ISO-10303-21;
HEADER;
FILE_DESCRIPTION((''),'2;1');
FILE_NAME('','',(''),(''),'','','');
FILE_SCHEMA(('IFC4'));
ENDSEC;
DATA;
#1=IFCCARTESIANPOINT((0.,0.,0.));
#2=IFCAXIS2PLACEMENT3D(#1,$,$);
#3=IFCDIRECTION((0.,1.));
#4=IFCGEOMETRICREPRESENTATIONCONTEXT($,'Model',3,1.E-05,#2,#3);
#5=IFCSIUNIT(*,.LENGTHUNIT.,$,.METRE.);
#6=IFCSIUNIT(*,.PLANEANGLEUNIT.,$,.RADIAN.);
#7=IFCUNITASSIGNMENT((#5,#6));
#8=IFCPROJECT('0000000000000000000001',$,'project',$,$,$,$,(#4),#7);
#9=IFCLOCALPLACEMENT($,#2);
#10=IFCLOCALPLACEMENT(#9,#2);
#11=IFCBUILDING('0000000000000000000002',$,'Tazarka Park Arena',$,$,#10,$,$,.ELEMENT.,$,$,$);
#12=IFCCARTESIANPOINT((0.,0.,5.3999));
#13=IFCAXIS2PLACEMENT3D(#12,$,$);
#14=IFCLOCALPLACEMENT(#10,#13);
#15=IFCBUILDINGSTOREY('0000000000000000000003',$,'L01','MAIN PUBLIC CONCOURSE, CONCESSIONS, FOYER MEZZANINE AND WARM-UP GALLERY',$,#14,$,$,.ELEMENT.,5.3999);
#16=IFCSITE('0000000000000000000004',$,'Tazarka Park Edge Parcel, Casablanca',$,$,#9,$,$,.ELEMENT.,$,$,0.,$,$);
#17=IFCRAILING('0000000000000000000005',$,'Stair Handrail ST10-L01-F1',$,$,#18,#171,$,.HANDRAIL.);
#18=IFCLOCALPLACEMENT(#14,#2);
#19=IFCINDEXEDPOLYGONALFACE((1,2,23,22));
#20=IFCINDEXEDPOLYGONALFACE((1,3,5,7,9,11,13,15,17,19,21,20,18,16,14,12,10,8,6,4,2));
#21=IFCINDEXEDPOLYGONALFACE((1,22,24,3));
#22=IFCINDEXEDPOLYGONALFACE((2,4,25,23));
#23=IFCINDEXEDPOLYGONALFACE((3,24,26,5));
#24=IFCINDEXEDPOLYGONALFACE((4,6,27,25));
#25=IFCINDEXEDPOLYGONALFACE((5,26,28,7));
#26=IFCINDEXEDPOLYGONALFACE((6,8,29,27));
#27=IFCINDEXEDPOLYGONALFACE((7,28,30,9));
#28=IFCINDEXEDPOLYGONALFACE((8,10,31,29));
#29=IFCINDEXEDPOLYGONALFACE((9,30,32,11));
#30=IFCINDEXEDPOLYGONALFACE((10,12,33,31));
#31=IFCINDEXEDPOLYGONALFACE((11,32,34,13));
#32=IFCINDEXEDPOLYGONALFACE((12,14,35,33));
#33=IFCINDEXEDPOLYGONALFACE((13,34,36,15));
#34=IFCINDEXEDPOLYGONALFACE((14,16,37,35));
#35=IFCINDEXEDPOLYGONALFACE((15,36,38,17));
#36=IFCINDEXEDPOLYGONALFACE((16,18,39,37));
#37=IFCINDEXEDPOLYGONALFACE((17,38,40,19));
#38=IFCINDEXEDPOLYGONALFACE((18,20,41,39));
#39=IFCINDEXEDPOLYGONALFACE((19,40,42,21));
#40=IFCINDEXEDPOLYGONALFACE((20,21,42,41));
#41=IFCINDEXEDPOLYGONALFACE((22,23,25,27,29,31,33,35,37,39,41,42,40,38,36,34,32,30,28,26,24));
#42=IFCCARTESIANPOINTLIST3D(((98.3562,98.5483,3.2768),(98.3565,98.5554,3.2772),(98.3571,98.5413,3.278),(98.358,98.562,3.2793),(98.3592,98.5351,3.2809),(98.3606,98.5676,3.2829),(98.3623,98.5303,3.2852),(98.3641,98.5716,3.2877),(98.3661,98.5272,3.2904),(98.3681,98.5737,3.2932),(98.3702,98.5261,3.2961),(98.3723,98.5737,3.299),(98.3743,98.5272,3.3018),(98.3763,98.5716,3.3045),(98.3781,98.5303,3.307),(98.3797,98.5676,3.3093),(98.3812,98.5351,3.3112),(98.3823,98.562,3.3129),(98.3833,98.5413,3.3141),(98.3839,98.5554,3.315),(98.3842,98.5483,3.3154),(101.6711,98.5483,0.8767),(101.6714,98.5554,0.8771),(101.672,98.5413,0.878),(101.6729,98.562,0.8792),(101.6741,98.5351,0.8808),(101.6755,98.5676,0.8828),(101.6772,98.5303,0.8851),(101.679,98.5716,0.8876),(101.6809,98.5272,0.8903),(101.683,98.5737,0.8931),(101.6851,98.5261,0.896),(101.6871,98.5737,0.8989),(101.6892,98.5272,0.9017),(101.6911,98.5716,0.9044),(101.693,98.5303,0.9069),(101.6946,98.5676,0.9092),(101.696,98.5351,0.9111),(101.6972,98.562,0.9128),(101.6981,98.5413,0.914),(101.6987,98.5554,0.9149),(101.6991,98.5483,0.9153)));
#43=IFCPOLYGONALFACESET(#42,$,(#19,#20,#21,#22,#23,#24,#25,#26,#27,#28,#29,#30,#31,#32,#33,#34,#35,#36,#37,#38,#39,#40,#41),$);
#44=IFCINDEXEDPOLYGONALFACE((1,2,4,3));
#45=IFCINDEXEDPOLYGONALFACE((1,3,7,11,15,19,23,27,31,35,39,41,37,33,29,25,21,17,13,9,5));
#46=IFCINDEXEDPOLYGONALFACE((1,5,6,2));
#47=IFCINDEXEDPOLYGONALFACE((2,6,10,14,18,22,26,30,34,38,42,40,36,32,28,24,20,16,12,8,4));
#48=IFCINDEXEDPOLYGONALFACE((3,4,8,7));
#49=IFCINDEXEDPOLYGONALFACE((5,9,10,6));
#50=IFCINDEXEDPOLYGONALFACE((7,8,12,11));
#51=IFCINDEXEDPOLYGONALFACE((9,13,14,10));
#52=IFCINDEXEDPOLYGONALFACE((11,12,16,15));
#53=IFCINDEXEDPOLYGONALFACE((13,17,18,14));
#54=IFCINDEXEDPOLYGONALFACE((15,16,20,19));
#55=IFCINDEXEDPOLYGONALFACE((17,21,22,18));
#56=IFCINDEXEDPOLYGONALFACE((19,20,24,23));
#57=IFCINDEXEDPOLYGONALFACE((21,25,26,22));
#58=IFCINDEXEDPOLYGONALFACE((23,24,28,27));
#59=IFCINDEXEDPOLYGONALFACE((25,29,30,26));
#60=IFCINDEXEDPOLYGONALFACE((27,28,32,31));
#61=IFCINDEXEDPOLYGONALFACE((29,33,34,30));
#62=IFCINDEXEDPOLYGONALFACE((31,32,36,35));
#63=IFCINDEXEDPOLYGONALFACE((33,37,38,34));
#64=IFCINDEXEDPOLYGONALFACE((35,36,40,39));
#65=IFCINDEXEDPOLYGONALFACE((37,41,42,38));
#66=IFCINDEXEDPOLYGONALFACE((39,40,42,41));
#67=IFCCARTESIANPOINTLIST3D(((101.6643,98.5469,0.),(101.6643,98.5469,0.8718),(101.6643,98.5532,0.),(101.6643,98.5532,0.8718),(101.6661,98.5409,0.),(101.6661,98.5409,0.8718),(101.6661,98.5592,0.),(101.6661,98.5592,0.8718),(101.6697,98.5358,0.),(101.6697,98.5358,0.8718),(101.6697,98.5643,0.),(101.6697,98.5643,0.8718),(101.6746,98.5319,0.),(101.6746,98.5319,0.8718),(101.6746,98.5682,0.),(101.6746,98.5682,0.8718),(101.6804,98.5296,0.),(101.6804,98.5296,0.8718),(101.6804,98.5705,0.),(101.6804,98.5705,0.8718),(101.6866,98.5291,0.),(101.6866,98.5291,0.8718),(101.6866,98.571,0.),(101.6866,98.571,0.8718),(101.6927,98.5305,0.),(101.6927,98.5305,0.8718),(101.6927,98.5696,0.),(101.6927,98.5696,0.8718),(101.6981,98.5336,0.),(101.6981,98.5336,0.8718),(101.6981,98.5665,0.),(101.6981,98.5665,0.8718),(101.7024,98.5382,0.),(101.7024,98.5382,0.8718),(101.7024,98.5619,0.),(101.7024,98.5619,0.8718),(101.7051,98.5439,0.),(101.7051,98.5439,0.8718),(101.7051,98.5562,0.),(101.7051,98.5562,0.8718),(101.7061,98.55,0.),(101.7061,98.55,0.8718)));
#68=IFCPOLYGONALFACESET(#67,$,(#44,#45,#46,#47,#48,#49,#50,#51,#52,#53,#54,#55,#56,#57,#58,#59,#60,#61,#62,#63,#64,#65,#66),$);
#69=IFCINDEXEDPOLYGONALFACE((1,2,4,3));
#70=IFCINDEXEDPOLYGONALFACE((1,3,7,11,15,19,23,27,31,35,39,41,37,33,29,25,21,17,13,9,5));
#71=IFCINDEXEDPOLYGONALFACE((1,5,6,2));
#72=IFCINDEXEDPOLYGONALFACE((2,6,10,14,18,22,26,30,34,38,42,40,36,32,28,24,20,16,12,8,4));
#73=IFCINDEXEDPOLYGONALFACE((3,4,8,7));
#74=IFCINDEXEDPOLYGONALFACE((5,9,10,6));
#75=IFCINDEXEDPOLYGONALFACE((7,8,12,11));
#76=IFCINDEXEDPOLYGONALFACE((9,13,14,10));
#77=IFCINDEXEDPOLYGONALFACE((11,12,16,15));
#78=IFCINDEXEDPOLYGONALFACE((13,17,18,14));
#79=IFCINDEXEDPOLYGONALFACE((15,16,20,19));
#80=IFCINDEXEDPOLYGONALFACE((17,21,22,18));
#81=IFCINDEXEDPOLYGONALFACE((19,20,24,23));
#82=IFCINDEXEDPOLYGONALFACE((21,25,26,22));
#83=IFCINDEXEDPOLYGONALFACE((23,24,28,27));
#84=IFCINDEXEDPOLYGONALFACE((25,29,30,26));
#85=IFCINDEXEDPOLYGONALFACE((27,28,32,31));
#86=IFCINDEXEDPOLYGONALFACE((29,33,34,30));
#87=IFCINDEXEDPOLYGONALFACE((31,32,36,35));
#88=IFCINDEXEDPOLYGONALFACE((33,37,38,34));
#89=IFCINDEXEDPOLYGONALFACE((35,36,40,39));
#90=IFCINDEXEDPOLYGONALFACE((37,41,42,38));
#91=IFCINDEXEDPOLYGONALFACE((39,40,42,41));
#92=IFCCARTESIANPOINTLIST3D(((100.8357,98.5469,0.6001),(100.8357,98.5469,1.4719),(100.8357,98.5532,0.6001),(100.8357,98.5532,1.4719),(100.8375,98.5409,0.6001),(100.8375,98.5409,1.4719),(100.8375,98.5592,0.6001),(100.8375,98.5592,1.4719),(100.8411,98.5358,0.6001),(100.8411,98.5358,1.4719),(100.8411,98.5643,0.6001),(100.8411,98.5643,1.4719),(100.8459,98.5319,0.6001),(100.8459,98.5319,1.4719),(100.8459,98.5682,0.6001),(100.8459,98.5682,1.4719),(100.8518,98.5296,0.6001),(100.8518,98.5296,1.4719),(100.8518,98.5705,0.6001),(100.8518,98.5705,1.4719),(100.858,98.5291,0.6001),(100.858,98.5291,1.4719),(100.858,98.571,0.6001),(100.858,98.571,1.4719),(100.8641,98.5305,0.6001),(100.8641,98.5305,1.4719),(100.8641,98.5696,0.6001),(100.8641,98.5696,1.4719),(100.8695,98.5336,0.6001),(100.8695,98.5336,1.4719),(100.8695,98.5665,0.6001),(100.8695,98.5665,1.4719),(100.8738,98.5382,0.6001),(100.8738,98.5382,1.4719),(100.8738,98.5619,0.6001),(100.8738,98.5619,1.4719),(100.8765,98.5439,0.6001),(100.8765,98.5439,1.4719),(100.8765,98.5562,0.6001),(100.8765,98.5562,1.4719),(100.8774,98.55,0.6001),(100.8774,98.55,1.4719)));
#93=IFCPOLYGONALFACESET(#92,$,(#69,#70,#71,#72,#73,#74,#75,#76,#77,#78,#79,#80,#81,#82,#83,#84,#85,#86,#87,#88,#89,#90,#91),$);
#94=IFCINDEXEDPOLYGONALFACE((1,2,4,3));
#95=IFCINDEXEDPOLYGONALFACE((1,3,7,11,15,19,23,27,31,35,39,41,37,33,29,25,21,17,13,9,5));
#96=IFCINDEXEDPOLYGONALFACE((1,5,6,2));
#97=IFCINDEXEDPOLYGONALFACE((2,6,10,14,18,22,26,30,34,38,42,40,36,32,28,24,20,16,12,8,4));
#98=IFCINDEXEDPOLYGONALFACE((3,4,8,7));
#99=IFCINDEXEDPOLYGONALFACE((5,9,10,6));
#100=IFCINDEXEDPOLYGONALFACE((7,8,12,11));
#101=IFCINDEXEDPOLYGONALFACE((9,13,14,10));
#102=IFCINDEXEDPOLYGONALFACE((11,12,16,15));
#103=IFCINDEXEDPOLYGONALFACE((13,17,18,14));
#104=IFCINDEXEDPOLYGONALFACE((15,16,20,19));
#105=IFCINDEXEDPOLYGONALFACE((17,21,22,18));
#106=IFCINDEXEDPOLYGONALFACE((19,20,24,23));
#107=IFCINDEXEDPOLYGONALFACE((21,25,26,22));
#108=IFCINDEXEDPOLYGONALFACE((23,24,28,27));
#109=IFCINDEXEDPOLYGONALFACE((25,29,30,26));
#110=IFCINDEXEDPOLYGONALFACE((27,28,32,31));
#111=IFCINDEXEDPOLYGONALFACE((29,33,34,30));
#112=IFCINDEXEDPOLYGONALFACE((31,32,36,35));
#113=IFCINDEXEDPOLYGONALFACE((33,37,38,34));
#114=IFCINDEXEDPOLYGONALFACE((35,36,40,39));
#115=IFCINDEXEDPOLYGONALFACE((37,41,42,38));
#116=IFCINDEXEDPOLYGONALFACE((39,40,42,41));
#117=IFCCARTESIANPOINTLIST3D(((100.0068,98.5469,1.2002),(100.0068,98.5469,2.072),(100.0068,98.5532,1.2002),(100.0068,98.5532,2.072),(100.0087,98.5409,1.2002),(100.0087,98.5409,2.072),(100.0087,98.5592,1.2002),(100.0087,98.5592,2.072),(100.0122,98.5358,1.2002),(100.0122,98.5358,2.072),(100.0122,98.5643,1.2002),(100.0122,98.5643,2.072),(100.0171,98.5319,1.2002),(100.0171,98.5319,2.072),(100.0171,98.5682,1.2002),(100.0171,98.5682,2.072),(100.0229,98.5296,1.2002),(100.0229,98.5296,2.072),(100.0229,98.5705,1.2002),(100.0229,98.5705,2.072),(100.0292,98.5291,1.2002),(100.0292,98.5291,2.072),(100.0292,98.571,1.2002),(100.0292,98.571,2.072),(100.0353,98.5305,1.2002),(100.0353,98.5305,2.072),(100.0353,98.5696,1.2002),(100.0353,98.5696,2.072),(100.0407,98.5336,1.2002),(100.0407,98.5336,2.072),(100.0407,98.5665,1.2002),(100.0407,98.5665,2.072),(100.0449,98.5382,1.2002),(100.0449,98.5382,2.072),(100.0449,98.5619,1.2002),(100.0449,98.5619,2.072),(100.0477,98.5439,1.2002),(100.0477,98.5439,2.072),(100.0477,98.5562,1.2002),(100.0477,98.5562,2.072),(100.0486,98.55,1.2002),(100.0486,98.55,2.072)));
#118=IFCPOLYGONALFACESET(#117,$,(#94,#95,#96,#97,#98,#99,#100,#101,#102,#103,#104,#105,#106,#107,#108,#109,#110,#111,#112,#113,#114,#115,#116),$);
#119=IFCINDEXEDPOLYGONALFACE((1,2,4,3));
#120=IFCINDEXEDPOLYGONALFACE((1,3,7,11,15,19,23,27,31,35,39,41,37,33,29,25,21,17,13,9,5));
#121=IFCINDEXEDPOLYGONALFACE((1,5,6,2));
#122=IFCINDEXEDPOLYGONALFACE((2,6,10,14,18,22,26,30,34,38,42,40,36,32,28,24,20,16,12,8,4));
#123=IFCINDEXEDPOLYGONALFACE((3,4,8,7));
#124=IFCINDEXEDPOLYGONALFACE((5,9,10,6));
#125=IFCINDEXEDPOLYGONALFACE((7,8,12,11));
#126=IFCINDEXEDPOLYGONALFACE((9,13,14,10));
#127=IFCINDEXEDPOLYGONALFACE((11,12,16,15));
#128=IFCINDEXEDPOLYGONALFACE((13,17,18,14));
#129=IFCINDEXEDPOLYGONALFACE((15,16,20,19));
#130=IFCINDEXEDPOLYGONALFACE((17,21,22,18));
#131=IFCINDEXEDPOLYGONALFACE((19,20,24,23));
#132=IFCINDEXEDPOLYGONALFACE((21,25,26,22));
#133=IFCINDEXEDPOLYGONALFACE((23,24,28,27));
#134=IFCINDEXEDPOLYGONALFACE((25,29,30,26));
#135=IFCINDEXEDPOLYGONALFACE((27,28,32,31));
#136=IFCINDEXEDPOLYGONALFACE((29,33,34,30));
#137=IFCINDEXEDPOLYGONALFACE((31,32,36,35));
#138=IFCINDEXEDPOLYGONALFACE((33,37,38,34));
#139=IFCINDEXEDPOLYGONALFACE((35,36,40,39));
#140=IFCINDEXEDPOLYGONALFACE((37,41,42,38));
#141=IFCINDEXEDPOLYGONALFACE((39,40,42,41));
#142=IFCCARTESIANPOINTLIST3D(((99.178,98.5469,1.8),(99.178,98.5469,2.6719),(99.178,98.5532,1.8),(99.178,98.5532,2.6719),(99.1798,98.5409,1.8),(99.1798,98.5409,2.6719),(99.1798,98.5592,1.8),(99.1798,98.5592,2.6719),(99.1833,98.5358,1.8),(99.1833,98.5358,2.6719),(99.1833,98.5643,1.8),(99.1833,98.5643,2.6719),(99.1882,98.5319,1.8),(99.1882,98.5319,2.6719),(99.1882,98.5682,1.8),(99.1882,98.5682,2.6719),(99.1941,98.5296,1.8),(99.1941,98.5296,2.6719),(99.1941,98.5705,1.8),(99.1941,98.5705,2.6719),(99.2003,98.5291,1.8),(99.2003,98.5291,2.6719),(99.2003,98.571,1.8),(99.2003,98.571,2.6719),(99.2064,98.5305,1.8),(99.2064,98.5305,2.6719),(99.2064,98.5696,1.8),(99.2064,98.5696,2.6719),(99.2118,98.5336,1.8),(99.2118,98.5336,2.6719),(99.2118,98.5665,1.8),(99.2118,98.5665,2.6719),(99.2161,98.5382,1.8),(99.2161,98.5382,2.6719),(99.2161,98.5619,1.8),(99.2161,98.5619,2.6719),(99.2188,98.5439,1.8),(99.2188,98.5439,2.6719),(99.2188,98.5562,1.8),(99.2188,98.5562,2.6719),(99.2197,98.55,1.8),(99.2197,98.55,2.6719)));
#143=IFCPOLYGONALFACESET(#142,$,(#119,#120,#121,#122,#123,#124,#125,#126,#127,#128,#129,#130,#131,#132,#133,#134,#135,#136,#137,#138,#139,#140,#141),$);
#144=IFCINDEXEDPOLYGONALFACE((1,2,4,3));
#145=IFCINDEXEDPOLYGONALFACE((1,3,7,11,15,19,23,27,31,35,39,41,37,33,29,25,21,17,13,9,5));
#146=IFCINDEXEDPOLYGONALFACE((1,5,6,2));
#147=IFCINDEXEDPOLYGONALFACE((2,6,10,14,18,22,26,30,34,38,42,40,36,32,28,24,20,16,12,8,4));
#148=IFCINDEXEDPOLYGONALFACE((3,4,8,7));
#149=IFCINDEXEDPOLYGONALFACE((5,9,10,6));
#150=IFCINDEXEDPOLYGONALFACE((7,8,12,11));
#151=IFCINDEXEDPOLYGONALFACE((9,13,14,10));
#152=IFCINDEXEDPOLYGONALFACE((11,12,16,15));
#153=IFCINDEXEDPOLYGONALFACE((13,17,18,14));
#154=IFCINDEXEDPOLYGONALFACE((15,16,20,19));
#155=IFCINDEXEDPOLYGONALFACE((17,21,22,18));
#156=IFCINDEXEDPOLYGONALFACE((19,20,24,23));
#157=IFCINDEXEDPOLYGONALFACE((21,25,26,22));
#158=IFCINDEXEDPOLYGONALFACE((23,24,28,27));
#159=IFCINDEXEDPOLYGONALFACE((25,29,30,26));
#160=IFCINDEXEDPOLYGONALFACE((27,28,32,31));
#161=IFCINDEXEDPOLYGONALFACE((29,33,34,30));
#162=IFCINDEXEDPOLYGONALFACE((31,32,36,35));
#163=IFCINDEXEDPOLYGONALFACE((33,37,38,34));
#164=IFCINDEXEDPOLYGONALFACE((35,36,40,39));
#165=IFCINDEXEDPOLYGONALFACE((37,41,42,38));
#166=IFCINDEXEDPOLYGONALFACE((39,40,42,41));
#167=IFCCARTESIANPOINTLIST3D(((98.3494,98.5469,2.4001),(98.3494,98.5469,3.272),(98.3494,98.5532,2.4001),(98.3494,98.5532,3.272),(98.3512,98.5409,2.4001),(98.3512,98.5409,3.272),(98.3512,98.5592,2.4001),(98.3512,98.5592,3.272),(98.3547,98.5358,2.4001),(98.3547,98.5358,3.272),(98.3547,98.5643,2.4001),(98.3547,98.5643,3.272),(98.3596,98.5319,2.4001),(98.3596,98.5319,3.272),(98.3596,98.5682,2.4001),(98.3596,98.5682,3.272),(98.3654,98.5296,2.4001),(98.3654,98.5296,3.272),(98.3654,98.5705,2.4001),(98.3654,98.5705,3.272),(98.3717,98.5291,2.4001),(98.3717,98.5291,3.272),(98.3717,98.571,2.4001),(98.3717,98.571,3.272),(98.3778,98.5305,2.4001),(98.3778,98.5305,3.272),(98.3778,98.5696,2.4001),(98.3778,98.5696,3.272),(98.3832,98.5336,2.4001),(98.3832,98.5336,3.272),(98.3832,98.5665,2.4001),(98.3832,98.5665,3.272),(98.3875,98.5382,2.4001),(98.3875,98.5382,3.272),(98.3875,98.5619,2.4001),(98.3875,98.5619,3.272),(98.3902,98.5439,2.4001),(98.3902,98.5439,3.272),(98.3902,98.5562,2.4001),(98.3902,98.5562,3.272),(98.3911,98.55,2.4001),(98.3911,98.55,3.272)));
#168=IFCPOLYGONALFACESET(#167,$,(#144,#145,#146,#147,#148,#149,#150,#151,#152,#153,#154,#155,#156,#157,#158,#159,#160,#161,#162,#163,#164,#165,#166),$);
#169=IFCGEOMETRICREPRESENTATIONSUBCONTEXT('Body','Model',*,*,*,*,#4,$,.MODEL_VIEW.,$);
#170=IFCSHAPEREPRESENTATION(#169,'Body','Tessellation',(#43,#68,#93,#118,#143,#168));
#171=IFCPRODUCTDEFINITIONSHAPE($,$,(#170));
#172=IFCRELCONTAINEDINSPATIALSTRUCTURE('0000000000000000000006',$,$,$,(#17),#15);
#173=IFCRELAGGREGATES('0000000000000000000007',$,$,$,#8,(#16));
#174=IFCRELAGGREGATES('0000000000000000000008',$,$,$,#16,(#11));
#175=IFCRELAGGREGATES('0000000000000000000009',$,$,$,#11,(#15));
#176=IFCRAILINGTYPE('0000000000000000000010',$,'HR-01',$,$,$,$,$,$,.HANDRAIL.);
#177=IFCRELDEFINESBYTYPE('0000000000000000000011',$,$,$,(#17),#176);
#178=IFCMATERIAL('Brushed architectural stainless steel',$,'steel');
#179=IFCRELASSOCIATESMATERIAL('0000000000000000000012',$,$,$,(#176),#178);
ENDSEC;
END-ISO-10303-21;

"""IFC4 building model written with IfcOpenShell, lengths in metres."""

from ifc_helpers import new_model, si_unit, direction, frame, origin, origin_2d, place, context, subcontext, project, spatial, circle, extrude, material, type_object, element, save


model = new_model("IFC4")

# Units and contexts
model_context = context("Model", 3, precision=1e-05, world=origin(), true_north=direction((0.0, 1.0)))
body_context = subcontext(model_context, "Body", "Model", "MODEL_VIEW")
ifc_project = project(units=[si_unit("LENGTHUNIT", "METRE"), si_unit("PLANEANGLEUNIT", "RADIAN")], contexts=[model_context])

# Site, building, storey
site_placement = place(None, origin())
site = spatial("IfcSite", under=ifc_project, at=site_placement, Name="Tazarka Park Edge Parcel, Casablanca", CompositionType="ELEMENT", RefElevation=0.0)
building_placement = place(site_placement, origin())
building = spatial("IfcBuilding", under=site, at=building_placement, Name="Tazarka Park Arena", CompositionType="ELEMENT")
storey_placement = place(building_placement, frame((0.0, 0.0, 5.3999)))
storey = spatial("IfcBuildingStorey", under=building, at=storey_placement, Name="L01", Description="MAIN PUBLIC CONCOURSE, CONCESSIONS, FOYER MEZZANINE AND WARM-UP GALLERY", CompositionType="ELEMENT", Elevation=5.3999)

# Railing
ifc_material_1 = material(Name="Brushed architectural stainless steel", Category="steel")
railing_type_1 = type_object("IfcRailingType", Name="HR-01", PredefinedType="HANDRAIL", material=ifc_material_1)
railing_1_placement = place(storey_placement, frame((101.6851, 98.55, 0.0)))
element("IfcRailing", 1, at=railing_1_placement, inside=storey, type_object=railing_type_1, Name="Stair Handrail ST10-L01-F1", PredefinedType="HANDRAIL", context=body_context, shape_type="SweptSolid", body=[
    extrude(circle(Radius=0.0239, at=origin_2d()), frame((0.0, 0.0, 0.896), z_axis=(-0.80998, 0.0, 0.586457), x_axis=(0.0, -1.0, 0.0)), (0.0, 0.0, 1.0), 4.0925),
    extrude(circle(Radius=0.021, at=origin_2d()), origin(), (0.0, 0.0, 1.0), 0.8718),
    extrude(circle(Radius=0.021, at=origin_2d()), frame((-0.8286, 0.0, 0.6001)), (0.0, 0.0, 1.0), 0.8718),
    extrude(circle(Radius=0.021, at=origin_2d()), frame((-1.6575, 0.0, 1.2002)), (0.0, 0.0, 1.0), 0.8718),
    extrude(circle(Radius=0.021, at=origin_2d()), frame((-2.4863, 0.0, 1.8)), (0.0, 0.0, 1.0), 0.8718),
    extrude(circle(Radius=0.021, at=origin_2d()), frame((-3.3149, 0.0, 2.4001)), (0.0, 0.0, 1.0), 0.8718),
])

save(model, "model.ifc")
